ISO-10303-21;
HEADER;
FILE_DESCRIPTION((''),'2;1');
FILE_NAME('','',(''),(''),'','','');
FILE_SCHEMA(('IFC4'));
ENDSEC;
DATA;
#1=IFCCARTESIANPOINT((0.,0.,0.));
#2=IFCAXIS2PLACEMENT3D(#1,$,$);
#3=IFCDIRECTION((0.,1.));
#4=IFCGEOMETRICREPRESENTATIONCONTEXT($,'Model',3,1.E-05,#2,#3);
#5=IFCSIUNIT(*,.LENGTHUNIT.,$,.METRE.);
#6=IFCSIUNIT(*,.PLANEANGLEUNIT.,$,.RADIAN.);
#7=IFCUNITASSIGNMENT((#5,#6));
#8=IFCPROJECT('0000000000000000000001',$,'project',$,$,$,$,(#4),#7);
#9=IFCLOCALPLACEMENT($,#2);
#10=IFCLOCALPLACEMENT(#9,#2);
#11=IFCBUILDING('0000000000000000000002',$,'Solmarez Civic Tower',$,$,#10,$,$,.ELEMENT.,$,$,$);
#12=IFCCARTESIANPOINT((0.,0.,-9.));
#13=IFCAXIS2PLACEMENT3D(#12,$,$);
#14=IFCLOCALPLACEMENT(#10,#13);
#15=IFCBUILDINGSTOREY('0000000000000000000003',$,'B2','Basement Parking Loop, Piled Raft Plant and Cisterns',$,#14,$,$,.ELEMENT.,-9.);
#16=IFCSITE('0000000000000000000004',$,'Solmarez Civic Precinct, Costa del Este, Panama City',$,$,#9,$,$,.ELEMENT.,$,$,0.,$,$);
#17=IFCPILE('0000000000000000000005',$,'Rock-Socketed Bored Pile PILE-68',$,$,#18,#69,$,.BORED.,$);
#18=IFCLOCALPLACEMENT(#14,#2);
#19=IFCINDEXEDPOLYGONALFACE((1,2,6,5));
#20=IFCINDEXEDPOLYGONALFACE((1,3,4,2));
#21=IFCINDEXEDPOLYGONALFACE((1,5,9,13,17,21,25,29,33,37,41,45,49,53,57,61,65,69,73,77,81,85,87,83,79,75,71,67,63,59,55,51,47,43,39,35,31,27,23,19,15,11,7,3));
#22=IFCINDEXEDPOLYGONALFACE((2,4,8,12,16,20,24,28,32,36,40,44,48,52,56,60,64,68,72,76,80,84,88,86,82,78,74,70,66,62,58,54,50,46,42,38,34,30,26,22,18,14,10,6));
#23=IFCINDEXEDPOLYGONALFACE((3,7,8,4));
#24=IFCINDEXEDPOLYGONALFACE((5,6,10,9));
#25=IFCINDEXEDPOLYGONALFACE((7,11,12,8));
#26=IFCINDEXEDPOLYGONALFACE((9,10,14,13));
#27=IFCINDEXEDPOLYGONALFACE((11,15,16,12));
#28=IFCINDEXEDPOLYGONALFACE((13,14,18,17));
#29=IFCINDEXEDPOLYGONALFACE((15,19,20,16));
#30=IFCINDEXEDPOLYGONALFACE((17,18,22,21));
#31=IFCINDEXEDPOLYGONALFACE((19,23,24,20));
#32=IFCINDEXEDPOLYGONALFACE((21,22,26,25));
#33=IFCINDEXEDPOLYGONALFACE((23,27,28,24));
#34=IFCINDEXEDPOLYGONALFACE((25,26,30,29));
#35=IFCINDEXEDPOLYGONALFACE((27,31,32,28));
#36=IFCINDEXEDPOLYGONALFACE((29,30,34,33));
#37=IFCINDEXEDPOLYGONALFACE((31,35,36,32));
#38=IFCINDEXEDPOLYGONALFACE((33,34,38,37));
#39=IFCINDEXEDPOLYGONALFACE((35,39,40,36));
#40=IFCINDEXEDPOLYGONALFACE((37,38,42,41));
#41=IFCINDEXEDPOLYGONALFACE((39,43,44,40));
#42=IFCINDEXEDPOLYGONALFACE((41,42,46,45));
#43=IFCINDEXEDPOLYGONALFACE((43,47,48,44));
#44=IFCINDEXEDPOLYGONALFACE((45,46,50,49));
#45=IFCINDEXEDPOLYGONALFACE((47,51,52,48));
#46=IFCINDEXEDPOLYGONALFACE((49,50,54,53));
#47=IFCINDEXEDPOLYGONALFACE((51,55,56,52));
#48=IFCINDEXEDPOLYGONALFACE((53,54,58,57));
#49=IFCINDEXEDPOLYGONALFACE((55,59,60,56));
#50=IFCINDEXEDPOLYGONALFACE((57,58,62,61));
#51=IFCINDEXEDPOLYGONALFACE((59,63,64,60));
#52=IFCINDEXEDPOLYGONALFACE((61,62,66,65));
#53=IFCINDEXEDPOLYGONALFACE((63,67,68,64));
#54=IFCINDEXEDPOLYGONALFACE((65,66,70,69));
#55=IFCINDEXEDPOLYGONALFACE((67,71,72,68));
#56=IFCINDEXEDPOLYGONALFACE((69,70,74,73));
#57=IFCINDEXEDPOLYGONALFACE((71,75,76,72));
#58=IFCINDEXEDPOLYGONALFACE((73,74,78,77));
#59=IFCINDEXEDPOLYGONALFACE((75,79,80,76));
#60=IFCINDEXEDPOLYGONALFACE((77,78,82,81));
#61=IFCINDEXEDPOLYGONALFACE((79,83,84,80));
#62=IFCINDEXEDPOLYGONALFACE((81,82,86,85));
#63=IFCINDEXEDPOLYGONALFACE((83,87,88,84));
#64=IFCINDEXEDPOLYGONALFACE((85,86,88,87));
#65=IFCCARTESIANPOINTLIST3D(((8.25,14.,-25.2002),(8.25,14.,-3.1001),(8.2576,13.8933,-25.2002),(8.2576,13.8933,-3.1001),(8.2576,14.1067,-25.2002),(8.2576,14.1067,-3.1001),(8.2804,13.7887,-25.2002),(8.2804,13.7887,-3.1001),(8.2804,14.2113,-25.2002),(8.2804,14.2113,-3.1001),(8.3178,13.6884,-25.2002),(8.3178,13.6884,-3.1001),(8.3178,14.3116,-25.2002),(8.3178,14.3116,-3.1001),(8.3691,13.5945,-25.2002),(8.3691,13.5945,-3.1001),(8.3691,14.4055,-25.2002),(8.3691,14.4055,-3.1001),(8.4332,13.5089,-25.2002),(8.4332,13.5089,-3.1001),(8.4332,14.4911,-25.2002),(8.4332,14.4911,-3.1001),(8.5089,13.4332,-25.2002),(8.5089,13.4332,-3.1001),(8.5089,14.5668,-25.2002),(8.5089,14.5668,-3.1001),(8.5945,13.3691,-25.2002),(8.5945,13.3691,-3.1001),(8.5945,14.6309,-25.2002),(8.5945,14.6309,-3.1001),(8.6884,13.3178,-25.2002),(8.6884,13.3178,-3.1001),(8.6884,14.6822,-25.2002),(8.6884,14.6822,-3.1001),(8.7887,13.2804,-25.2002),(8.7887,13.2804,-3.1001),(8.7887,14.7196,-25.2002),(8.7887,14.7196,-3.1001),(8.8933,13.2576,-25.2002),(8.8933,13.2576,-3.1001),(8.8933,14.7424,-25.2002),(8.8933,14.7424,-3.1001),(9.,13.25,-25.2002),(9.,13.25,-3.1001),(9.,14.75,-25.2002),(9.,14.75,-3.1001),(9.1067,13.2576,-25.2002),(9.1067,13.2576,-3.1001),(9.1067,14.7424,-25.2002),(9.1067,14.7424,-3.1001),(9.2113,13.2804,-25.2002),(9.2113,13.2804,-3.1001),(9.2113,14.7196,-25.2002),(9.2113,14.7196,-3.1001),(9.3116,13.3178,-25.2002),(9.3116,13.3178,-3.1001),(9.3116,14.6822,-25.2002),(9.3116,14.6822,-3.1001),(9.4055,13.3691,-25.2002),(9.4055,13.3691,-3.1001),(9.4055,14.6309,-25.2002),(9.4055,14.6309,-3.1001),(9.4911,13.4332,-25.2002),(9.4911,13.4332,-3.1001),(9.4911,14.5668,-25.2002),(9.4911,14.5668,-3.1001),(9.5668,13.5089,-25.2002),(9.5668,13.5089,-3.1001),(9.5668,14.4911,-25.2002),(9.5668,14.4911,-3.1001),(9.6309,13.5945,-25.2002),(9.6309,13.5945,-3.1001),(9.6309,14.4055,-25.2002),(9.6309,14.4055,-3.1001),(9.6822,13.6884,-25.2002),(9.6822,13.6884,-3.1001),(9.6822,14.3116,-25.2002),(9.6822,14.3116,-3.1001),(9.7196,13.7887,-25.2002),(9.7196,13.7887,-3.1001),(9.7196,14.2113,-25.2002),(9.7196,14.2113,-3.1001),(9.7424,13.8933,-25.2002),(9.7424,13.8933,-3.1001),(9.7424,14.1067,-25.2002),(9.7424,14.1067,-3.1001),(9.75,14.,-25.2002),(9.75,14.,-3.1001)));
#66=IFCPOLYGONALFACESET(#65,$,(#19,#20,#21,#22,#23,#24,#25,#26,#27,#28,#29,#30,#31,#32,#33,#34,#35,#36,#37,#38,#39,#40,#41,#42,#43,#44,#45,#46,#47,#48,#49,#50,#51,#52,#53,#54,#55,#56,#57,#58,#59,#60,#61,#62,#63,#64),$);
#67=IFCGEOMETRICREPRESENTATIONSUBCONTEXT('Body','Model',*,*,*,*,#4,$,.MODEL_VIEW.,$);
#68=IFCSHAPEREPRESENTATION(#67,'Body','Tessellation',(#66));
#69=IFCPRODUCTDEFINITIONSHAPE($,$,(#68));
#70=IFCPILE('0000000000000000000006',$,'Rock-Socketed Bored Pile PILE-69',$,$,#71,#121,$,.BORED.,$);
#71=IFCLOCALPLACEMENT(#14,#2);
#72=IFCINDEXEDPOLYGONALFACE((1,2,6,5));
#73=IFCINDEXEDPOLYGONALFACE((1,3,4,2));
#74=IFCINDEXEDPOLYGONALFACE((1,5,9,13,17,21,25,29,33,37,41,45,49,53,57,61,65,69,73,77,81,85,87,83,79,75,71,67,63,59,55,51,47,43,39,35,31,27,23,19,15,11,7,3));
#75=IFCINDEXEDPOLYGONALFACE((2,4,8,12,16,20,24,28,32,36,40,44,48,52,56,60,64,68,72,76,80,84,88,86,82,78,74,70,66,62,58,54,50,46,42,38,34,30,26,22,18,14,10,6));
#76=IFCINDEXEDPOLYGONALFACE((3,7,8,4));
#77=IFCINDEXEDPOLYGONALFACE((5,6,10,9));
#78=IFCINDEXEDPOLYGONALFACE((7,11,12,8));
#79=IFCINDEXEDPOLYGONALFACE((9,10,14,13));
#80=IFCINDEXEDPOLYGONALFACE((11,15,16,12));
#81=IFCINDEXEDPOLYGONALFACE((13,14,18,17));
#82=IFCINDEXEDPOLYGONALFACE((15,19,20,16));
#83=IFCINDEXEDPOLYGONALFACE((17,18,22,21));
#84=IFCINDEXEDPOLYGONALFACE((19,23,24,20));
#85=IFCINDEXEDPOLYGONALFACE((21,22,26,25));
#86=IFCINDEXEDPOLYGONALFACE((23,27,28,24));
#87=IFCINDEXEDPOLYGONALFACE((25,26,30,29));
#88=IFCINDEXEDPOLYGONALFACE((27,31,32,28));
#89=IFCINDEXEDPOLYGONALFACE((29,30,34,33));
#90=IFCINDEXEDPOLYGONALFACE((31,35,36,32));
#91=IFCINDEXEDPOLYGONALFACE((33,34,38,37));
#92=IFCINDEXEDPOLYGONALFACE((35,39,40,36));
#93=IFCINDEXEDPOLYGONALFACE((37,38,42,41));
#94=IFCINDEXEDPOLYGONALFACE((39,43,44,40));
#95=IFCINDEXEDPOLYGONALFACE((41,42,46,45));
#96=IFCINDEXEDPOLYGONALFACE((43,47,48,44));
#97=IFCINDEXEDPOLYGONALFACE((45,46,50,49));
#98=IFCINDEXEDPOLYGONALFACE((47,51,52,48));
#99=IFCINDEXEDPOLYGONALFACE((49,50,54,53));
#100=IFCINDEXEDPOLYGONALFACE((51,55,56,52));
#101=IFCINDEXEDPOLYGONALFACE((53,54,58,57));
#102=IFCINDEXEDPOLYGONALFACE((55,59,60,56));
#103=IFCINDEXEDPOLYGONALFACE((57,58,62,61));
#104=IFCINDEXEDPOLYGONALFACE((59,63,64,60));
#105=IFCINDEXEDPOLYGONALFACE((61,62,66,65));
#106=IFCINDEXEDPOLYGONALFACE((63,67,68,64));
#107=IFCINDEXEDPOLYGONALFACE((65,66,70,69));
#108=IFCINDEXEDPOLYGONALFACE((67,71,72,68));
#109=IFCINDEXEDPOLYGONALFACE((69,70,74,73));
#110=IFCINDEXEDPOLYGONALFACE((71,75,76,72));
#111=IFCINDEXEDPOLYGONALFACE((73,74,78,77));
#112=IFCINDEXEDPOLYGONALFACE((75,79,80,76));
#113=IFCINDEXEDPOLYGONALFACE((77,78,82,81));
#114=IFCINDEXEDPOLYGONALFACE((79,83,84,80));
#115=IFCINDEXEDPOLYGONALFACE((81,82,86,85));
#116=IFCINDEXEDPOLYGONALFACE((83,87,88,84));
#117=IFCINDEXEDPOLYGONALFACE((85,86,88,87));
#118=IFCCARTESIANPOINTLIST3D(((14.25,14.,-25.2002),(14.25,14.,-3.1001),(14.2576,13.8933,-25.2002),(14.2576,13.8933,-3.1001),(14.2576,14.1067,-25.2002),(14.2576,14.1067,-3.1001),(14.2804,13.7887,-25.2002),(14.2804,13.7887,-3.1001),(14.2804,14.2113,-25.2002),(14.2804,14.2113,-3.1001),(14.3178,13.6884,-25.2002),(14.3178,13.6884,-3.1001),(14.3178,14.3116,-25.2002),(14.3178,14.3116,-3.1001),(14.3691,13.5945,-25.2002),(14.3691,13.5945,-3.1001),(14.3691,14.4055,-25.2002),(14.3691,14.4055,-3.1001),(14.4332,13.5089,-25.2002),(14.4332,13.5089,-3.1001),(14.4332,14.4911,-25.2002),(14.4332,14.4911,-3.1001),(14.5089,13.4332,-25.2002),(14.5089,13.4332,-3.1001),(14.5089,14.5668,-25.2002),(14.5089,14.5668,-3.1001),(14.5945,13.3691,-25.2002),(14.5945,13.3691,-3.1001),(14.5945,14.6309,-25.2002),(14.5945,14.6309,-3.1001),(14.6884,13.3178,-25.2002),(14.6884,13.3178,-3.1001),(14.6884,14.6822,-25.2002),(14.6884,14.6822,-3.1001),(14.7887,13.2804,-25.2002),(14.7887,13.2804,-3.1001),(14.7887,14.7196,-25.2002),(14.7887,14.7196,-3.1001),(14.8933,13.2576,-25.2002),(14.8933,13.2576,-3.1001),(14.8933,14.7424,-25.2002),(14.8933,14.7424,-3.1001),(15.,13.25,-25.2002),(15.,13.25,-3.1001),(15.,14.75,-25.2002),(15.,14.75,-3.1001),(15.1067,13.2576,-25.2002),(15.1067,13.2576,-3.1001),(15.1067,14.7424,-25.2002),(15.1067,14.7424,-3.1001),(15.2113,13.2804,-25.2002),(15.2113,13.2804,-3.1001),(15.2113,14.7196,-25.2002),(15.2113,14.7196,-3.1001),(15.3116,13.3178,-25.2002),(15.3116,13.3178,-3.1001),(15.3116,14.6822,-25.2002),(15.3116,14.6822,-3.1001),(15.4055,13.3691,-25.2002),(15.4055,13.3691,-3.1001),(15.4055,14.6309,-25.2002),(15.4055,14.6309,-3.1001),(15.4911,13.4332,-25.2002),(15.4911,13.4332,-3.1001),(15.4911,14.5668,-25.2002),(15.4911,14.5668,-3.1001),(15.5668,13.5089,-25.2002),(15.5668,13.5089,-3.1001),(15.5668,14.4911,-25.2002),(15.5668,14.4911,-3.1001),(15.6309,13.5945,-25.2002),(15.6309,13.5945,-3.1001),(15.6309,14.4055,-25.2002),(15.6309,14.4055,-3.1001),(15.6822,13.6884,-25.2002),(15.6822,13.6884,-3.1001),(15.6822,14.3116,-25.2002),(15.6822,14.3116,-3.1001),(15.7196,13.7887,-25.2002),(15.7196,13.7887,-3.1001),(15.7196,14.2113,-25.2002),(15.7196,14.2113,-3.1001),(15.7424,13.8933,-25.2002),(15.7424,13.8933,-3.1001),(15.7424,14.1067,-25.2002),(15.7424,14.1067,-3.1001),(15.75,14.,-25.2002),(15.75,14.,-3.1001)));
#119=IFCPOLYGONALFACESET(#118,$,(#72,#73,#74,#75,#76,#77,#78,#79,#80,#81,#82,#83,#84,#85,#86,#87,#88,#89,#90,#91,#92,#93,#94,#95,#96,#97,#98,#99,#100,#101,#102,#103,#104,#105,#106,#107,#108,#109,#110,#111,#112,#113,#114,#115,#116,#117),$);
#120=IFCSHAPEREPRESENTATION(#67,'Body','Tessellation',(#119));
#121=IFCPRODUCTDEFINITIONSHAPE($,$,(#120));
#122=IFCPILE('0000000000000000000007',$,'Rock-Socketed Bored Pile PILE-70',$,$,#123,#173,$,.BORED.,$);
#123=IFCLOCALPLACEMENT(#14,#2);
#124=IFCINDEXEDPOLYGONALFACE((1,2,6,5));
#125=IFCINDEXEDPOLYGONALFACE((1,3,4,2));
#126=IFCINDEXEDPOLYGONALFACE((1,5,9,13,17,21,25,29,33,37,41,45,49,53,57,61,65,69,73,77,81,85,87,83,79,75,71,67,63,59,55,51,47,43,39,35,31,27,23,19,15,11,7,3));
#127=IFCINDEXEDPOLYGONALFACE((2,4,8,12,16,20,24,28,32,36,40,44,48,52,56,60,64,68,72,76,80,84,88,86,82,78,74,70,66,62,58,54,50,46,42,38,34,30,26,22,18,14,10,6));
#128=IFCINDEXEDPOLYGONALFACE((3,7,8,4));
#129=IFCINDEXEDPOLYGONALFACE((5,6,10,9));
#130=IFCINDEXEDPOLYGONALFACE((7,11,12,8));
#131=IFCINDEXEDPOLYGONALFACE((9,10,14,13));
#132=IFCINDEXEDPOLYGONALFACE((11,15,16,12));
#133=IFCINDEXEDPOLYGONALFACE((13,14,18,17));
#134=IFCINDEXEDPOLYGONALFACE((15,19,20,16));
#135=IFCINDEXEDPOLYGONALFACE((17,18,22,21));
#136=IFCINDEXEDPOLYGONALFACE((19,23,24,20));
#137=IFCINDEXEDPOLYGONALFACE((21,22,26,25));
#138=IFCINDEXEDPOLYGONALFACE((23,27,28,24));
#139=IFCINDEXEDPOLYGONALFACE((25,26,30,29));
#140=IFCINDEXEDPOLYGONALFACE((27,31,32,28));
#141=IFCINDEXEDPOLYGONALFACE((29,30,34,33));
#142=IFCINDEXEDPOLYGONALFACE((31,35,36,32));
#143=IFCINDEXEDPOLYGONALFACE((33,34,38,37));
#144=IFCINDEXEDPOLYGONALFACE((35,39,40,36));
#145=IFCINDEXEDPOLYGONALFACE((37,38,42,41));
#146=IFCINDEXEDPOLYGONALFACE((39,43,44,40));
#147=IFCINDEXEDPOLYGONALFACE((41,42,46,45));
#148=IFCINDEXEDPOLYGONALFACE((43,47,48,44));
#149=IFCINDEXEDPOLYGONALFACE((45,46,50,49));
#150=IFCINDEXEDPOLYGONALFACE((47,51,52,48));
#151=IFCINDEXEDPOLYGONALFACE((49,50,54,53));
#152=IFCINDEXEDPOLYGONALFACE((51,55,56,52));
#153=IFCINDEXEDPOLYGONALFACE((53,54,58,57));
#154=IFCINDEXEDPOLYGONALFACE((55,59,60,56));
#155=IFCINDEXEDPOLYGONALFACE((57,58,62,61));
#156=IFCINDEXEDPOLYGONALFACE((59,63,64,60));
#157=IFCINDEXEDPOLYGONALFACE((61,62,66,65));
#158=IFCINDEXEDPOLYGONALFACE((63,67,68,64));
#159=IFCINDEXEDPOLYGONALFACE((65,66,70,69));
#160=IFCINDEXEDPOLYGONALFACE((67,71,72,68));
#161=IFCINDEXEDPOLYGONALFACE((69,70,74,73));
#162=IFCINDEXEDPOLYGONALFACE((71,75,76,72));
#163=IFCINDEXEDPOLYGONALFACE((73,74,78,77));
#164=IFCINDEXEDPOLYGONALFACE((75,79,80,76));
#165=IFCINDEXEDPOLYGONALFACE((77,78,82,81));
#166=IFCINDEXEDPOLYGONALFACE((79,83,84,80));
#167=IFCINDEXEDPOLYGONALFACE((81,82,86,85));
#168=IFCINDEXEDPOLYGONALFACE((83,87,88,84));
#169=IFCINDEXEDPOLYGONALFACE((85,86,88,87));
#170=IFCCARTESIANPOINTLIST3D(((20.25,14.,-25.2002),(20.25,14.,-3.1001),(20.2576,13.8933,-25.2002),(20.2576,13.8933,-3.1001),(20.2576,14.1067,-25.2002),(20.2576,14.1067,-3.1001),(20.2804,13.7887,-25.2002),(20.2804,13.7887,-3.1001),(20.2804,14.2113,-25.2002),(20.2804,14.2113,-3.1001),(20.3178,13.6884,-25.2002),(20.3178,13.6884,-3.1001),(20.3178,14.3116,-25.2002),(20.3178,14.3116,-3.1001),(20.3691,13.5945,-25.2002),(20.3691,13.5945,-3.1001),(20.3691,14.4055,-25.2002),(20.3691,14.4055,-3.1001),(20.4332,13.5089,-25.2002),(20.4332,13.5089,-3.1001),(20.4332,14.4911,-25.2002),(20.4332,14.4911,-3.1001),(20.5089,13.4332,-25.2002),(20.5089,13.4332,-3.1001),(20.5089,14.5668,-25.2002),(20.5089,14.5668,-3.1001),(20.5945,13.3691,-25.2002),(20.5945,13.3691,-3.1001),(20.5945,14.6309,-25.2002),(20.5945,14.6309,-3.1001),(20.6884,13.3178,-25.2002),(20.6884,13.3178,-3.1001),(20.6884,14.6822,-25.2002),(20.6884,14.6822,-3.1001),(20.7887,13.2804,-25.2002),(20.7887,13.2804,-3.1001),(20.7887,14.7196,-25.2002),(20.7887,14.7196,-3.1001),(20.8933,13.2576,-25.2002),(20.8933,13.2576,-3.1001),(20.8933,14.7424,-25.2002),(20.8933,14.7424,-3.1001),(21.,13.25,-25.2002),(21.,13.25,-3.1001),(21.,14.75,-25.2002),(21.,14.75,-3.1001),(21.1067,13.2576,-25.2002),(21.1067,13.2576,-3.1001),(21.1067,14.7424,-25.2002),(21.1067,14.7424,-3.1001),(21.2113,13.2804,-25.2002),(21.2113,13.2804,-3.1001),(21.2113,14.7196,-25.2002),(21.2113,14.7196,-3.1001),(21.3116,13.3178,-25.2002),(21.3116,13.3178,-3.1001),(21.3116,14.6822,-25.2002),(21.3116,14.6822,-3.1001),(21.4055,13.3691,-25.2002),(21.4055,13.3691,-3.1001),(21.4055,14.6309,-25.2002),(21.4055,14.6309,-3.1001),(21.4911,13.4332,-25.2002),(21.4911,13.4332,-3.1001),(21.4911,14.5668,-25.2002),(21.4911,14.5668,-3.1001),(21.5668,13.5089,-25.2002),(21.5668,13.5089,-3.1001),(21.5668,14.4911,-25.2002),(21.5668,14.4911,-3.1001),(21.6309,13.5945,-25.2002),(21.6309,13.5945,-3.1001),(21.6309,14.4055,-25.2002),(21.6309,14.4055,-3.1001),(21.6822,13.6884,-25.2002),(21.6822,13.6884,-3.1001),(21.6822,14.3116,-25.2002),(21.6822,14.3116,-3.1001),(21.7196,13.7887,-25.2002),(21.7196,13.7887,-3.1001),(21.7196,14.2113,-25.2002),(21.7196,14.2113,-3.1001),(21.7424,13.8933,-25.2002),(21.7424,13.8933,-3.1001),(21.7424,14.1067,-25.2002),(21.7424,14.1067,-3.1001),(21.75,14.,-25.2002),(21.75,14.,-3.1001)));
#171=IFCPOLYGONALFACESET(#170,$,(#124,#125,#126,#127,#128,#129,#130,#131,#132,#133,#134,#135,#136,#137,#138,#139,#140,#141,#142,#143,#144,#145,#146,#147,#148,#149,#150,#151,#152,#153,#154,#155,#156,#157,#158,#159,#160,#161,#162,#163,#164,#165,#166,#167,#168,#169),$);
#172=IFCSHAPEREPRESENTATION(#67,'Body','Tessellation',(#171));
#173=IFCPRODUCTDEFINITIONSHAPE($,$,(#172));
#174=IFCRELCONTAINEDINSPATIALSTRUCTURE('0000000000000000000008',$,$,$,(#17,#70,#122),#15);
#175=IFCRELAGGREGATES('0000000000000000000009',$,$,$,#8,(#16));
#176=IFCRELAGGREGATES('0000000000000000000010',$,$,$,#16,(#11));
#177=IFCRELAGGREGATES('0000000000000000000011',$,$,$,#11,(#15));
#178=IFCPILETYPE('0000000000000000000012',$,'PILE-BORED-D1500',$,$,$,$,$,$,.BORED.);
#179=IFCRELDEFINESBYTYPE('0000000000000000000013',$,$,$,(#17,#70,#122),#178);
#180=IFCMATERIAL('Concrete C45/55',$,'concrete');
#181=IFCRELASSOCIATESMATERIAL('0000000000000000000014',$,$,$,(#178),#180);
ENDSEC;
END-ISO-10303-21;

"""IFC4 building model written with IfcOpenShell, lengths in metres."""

from ifc_helpers import new_model, si_unit, direction, frame, origin, origin_2d, place, context, subcontext, project, spatial, circle, extrude, material, material_profile, profile_set, type_object, element, save


model = new_model("IFC4")

# Units and contexts
model_context = context("Model", 3, precision=1e-05, world=origin(), true_north=direction((0.0, 1.0)))
body_context = subcontext(model_context, "Body", "Model", "MODEL_VIEW")
ifc_project = project(units=[si_unit("LENGTHUNIT", "METRE"), si_unit("PLANEANGLEUNIT", "RADIAN")], contexts=[model_context])

# Site, building, storey
site_placement = place(None, origin())
site = spatial("IfcSite", under=ifc_project, at=site_placement, Name="Solmarez Civic Precinct, Costa del Este, Panama City", CompositionType="ELEMENT", RefElevation=0.0)
building_placement = place(site_placement, origin())
building = spatial("IfcBuilding", under=site, at=building_placement, Name="Solmarez Civic Tower", CompositionType="ELEMENT")
storey_placement = place(building_placement, frame((0.0, 0.0, -9.0)))
storey = spatial("IfcBuildingStorey", under=building, at=storey_placement, Name="B2", Description="Basement Parking Loop, Piled Raft Plant and Cisterns", CompositionType="ELEMENT", Elevation=-9.0)

# Piles
ifc_material_1 = material(Name="Concrete C45/55", Category="concrete")
ifc_material_profile_1 = material_profile(ifc_material_1, circle(Radius=0.75, at=origin_2d()), Name="PILE-D1500")
ifc_profile_set_1 = profile_set([ifc_material_profile_1], Name="Concrete C45/55")
pile_type = type_object("IfcPileType", Name="PILE-BORED-D1500", PredefinedType="BORED", material=ifc_profile_set_1)
for number, where, z_axis, x_axis, name in (
    (1, (9.0, 14.0, -3.1001), (0.0, 0.0, -1.0), (1.0, 0.0, 0.0), "Rock-Socketed Bored Pile PILE-68"),
    (2, (15.0, 14.0, -3.1001), (0.0, 0.0, -1.0), (1.0, 0.0, 0.0), "Rock-Socketed Bored Pile PILE-69"),
    (3, (21.0, 14.0, -3.1001), (0.0, 0.0, -1.0), (1.0, 0.0, 0.0), "Rock-Socketed Bored Pile PILE-70"),
):
    element("IfcPile", number, at=place(storey_placement, frame(where, z_axis=z_axis, x_axis=x_axis)), inside=storey, type_object=pile_type, Name=name, PredefinedType="BORED", context=body_context, shape_type="SweptSolid", body=[
        extrude(circle(Radius=0.75, at=origin_2d()), origin(), (0.0, 0.0, 1.0), 22.1001),
    ])

save(model, "model.ifc")
